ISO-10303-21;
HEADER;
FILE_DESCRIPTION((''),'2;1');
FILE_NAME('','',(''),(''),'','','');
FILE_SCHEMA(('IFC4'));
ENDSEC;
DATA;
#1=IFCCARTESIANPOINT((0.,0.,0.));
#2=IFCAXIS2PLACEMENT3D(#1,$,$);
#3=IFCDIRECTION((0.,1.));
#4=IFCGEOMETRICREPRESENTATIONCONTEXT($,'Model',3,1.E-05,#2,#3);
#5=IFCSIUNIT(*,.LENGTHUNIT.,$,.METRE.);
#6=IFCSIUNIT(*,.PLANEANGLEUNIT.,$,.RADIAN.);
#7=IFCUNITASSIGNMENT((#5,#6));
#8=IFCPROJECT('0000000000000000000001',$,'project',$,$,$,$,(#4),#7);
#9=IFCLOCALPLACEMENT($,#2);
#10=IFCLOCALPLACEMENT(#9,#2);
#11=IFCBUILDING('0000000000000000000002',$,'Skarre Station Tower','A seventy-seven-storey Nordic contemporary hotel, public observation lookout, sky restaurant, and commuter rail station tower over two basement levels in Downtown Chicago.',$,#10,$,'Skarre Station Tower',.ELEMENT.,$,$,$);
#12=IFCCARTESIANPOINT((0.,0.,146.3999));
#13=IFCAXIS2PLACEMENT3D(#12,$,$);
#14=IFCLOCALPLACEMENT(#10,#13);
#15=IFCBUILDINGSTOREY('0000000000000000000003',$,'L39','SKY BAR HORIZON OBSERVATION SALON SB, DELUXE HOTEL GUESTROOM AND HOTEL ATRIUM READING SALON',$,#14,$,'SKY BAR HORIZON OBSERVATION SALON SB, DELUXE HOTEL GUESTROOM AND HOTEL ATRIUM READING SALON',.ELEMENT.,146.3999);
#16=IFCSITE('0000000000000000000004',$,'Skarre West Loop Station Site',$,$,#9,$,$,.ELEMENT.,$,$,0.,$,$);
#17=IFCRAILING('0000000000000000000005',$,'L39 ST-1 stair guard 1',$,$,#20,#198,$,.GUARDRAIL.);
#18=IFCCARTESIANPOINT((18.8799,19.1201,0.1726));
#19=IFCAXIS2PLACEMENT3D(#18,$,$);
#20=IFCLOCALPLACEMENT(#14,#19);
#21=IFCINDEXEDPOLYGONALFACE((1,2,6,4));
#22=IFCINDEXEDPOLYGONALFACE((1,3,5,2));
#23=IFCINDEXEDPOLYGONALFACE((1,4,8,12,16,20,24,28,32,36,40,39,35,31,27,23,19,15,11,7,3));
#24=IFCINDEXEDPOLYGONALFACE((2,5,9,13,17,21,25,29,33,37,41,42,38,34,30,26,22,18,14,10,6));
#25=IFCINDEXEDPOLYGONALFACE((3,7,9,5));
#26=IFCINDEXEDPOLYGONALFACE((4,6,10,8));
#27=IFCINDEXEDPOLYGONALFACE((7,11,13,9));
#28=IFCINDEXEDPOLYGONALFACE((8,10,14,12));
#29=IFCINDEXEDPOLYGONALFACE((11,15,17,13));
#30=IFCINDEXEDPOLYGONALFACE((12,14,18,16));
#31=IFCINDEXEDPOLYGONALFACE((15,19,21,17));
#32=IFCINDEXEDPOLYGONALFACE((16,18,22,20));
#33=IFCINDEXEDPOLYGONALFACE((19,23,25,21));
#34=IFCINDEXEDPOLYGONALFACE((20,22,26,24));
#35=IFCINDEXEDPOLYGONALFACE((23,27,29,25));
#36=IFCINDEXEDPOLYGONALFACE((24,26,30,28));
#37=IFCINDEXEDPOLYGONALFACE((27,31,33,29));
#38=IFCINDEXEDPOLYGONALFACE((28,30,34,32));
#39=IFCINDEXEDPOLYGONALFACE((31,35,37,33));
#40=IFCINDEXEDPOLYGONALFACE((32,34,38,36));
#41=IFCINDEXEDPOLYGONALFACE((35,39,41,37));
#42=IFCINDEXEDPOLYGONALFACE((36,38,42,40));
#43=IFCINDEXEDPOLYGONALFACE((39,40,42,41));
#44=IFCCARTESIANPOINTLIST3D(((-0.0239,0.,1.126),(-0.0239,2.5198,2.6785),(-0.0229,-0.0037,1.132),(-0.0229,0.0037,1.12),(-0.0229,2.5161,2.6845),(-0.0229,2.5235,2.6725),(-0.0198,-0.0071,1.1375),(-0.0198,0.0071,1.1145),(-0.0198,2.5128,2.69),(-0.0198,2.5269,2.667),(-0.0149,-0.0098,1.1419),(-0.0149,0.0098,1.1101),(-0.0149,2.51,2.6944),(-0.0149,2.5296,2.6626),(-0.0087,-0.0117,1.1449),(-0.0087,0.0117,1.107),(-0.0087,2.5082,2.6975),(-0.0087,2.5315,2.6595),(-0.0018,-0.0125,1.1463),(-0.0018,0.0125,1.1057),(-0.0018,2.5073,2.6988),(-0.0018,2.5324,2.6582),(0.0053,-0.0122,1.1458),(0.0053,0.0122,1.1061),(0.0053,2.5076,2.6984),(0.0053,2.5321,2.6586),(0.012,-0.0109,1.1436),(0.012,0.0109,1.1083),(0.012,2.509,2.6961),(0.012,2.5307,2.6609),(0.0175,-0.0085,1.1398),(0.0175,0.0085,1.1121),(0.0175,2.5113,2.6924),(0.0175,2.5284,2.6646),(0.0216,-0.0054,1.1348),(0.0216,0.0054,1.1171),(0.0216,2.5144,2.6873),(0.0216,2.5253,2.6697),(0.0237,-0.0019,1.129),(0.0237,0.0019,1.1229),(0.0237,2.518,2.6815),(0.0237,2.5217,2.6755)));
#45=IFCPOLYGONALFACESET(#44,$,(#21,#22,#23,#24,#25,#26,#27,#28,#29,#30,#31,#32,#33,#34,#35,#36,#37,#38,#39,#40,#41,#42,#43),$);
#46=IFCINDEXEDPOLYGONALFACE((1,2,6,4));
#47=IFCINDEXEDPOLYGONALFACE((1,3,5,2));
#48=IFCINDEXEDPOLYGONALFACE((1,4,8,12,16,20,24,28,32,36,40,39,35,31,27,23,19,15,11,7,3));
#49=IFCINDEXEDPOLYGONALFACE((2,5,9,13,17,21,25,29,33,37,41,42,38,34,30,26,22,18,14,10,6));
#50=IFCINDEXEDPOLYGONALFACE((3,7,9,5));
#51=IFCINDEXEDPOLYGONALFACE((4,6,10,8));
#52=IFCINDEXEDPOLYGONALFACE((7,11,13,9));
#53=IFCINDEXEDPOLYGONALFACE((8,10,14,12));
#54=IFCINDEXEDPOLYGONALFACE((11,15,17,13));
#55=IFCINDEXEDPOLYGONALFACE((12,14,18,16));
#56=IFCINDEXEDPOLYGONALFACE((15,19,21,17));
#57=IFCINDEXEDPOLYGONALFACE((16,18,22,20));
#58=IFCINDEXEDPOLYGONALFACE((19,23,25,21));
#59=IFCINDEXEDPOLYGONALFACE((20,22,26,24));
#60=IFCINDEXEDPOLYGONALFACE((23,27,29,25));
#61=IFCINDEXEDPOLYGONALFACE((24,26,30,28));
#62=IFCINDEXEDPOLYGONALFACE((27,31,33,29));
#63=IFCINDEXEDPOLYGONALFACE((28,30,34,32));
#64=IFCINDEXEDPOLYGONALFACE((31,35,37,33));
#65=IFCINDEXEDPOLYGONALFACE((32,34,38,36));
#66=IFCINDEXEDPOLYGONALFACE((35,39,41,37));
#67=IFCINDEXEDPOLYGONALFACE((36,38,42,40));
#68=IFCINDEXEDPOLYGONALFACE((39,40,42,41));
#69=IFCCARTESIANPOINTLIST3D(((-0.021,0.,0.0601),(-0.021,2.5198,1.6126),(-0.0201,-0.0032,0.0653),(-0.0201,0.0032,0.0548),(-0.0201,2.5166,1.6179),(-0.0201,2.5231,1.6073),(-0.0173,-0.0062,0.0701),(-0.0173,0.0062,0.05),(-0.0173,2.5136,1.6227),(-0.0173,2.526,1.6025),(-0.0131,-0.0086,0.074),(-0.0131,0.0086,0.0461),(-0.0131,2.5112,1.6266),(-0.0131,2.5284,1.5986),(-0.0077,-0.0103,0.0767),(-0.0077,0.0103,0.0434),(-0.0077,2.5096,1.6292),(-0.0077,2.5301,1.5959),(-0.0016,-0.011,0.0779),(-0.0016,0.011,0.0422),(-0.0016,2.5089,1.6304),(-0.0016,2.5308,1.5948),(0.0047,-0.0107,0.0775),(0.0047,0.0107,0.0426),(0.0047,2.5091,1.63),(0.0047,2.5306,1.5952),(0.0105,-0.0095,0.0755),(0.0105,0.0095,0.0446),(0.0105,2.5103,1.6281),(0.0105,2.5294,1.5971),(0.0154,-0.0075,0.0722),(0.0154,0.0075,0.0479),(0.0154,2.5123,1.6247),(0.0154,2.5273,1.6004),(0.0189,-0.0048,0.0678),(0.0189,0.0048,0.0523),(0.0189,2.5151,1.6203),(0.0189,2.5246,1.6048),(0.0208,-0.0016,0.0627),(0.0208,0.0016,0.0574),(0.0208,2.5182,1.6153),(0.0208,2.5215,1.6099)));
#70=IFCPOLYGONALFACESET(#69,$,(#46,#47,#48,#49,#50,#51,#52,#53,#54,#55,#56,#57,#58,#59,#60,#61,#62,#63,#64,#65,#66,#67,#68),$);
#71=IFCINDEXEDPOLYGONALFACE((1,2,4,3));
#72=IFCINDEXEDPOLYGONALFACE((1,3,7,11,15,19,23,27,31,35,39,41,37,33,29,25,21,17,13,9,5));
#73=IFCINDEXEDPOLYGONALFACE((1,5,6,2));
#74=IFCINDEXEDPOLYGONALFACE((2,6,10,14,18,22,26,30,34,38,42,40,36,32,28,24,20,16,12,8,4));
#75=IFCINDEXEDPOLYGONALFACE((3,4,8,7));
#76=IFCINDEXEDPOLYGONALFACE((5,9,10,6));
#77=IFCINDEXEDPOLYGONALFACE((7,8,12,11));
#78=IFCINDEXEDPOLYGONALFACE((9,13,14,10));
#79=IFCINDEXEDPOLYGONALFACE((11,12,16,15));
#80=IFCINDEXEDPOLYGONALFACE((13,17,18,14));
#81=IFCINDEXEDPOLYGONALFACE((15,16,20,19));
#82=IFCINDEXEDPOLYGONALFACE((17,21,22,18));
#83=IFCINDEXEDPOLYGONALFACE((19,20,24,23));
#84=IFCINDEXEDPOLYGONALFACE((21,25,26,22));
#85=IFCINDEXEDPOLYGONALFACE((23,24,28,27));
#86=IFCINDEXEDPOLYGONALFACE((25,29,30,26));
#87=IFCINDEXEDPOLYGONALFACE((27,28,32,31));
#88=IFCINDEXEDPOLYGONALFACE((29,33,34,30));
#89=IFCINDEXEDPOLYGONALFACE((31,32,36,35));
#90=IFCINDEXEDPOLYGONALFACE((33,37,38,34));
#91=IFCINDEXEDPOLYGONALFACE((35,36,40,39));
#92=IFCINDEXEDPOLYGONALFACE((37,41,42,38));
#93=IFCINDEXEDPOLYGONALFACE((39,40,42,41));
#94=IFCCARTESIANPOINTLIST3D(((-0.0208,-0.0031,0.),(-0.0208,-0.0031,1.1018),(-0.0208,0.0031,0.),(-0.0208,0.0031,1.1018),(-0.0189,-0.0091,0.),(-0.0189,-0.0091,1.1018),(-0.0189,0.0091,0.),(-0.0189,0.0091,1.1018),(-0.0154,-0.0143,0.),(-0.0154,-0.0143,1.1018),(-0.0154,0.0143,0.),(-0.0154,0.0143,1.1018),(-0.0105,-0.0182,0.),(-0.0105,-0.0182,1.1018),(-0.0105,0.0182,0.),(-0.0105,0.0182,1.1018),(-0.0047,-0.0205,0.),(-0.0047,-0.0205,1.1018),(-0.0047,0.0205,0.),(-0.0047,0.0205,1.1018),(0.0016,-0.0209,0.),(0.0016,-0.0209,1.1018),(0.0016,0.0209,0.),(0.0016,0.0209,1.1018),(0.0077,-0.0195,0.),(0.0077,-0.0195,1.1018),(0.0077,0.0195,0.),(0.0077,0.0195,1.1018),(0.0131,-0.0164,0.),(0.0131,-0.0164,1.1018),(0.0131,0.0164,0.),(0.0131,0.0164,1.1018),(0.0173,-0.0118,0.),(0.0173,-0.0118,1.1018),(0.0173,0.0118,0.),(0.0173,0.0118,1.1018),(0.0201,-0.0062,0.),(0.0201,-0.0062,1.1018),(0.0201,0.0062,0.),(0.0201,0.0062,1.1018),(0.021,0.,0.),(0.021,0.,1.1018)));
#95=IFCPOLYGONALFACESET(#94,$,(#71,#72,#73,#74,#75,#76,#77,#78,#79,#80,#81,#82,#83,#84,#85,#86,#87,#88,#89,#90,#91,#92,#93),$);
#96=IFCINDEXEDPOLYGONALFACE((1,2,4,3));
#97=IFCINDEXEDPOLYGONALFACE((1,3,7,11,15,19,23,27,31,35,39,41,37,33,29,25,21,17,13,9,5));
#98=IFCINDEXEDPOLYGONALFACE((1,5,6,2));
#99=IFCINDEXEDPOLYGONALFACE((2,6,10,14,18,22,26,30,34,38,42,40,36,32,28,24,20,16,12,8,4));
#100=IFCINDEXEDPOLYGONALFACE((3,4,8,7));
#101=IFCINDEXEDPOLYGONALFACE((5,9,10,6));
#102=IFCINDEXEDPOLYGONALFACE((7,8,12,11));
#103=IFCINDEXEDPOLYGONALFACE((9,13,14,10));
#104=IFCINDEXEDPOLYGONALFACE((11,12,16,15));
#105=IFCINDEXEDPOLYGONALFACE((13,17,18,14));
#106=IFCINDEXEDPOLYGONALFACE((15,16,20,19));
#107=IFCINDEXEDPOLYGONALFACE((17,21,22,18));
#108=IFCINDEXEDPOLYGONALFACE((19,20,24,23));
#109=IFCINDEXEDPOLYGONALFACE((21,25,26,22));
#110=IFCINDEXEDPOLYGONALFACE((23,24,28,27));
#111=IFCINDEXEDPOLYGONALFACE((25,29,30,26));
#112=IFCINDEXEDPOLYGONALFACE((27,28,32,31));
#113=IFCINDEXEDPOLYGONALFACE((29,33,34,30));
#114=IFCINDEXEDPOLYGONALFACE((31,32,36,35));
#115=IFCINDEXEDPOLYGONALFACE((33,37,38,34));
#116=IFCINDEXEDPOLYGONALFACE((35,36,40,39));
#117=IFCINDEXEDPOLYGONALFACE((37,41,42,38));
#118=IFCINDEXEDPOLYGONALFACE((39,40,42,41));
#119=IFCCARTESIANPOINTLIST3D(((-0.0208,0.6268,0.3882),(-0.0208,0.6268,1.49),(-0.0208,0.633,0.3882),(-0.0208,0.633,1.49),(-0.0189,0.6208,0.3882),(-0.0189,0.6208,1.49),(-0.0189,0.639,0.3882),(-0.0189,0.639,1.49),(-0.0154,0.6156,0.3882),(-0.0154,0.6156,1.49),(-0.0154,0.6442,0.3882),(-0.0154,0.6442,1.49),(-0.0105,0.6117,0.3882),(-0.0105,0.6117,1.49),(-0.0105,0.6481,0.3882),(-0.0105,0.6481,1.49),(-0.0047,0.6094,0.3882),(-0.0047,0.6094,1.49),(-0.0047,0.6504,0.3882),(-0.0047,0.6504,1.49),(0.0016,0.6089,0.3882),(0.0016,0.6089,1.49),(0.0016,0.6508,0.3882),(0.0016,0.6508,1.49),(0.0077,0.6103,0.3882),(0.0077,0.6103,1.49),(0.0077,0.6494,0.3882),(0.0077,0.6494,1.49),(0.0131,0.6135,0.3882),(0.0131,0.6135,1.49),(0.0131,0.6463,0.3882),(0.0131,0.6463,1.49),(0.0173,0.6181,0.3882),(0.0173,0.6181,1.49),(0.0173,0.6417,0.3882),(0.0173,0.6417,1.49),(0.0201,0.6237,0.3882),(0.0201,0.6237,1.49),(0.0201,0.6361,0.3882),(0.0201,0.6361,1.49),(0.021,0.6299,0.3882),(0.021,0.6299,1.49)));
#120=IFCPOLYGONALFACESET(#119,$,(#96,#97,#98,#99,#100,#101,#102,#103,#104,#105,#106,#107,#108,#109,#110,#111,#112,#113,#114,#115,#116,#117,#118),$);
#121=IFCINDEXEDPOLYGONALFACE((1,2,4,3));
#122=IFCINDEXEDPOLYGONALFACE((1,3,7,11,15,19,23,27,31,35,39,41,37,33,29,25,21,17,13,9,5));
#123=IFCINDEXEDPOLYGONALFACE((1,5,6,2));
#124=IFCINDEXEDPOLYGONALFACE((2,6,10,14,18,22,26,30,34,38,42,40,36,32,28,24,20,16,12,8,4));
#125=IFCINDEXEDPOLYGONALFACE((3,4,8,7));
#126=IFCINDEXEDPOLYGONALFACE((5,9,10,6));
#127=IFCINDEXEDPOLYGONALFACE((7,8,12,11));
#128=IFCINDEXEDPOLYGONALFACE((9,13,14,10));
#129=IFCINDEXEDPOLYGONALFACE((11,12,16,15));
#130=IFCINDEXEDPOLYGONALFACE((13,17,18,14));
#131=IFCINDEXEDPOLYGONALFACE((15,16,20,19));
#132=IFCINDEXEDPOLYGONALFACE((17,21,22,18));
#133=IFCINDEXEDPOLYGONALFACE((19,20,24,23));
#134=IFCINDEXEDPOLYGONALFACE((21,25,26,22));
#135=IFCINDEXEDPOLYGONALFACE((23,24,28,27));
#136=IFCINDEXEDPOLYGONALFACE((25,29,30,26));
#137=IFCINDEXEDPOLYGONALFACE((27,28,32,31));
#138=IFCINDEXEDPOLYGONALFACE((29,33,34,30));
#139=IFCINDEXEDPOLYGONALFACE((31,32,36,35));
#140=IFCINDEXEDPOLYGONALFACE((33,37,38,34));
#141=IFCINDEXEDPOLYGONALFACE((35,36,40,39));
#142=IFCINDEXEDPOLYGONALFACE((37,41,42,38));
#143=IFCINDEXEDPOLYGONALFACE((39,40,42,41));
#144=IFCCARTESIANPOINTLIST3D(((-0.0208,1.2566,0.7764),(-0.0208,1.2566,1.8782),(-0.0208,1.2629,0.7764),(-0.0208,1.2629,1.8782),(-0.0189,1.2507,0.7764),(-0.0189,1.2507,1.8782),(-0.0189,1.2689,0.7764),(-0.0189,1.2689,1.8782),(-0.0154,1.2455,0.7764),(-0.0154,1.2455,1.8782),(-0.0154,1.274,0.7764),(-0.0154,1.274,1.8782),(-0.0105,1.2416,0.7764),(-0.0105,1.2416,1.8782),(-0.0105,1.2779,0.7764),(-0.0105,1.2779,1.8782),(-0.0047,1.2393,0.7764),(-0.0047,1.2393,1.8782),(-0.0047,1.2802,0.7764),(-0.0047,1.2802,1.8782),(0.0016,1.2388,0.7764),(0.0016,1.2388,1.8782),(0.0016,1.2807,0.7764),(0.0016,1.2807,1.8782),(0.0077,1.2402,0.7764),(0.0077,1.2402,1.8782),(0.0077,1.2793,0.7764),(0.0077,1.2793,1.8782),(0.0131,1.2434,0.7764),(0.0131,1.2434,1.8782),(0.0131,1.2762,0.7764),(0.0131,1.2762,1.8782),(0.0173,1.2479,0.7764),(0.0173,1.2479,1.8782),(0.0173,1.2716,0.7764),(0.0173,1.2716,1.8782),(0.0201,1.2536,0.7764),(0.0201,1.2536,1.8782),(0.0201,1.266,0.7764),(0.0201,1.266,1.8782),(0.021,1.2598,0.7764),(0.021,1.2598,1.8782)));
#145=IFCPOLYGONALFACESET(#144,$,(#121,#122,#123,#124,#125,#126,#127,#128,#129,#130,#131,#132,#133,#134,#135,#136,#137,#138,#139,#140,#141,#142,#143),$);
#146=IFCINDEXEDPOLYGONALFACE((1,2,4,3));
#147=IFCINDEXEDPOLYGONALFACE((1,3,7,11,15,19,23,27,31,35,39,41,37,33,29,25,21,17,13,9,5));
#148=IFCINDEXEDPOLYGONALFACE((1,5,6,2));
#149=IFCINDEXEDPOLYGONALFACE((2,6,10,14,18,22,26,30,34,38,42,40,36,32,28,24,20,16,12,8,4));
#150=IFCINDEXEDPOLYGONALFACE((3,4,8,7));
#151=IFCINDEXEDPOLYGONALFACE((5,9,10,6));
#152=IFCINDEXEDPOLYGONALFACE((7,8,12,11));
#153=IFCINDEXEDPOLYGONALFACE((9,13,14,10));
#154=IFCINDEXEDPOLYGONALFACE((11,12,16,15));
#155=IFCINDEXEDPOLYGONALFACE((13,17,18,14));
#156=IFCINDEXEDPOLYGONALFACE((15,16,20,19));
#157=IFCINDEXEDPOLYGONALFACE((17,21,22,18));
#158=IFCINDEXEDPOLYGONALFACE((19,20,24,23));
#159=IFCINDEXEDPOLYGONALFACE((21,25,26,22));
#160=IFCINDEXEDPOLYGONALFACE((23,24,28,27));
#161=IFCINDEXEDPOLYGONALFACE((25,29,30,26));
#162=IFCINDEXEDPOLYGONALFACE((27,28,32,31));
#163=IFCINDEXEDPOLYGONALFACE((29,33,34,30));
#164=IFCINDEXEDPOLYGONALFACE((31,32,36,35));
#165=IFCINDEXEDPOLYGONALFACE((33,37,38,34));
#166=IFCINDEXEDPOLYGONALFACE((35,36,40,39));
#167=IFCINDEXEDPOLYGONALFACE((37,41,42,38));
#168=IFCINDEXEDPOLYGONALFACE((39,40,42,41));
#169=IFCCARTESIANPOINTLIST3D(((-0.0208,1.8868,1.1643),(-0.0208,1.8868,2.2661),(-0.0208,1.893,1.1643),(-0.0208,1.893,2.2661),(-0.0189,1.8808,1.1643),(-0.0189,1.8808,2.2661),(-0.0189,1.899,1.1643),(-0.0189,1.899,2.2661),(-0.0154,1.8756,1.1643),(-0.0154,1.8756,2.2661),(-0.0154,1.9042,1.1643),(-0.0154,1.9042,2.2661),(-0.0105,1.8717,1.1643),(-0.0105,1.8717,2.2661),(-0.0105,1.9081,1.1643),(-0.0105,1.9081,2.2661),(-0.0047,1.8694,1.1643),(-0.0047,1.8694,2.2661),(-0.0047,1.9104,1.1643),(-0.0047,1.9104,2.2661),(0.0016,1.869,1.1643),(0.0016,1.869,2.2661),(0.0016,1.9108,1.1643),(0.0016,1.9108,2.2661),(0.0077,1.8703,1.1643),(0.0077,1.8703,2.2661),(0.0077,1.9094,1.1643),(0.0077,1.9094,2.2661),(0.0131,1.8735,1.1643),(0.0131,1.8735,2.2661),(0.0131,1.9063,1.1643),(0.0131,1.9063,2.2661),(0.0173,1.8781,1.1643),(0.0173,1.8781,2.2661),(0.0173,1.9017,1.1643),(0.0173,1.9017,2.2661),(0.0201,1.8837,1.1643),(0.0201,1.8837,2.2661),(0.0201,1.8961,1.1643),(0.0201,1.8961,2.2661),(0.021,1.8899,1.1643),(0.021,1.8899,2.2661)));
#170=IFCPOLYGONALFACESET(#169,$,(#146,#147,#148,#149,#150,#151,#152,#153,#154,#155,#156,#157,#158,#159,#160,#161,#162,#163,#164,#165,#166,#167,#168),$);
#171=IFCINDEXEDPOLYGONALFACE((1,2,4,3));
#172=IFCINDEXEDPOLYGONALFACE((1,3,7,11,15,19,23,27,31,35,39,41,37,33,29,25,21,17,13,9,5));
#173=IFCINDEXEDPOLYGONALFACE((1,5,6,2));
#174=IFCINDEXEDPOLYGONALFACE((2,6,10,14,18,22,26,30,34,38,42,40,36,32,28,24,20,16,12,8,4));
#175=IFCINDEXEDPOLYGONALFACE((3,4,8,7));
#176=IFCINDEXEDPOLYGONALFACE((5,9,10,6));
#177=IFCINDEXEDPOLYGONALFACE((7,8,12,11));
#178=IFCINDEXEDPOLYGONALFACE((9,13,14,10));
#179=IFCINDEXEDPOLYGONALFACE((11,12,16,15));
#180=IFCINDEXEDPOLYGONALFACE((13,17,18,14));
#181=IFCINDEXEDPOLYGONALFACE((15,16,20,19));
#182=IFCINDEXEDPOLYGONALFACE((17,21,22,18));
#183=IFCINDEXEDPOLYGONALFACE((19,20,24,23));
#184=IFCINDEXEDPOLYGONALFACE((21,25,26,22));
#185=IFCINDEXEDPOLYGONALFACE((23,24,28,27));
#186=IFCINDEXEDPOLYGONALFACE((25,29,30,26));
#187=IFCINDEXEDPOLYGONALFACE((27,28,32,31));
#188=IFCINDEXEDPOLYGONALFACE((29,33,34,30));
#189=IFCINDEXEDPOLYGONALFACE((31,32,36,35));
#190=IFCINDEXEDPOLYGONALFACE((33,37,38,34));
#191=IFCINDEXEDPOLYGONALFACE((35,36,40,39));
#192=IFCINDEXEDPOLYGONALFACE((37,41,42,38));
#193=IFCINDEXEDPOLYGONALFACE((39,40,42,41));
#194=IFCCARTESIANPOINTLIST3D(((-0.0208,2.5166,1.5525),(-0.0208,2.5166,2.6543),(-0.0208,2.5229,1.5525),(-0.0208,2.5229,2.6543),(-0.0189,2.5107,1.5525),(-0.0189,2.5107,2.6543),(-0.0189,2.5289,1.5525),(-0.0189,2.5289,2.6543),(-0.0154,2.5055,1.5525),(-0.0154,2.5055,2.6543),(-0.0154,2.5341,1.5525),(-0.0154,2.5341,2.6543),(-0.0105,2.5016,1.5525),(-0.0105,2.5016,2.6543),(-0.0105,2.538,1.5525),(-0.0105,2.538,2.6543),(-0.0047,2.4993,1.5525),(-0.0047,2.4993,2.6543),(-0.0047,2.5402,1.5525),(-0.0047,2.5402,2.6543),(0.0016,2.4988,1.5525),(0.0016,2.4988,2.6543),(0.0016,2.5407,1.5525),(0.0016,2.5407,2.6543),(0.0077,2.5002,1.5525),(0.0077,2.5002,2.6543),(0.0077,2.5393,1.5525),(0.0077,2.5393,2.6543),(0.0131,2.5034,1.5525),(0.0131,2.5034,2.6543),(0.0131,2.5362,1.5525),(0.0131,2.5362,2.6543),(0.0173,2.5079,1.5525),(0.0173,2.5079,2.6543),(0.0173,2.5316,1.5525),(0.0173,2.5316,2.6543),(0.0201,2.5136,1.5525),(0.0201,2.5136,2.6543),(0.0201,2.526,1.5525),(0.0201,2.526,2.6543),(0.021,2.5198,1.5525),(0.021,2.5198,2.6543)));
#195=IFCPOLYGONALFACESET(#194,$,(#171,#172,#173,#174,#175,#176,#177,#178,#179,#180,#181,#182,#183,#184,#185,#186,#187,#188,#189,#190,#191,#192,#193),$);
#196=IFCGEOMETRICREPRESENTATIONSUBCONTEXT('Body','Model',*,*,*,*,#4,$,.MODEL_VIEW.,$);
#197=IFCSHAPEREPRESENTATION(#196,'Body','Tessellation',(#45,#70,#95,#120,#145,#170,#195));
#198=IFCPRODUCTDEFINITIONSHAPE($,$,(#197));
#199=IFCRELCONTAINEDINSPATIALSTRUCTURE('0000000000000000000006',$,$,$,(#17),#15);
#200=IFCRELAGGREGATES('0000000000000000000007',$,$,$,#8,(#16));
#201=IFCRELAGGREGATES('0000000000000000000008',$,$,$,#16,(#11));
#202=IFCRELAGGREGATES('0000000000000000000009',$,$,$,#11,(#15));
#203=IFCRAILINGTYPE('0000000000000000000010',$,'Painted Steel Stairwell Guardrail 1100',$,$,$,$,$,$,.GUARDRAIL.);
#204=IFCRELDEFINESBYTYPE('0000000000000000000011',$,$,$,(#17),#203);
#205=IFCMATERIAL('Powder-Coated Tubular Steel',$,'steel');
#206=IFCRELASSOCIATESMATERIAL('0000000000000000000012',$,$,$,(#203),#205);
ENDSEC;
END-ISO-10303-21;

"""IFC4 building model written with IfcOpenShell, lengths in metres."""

from ifc_helpers import new_model, si_unit, direction, frame, origin, origin_2d, place, context, subcontext, project, spatial, circle, extrude, material, type_object, element, save


model = new_model("IFC4")

# Units and contexts
model_context = context("Model", 3, precision=1e-05, world=origin(), true_north=direction((0.0, 1.0)))
body_context = subcontext(model_context, "Body", "Model", "MODEL_VIEW")
ifc_project = project(units=[si_unit("LENGTHUNIT", "METRE"), si_unit("PLANEANGLEUNIT", "RADIAN")], contexts=[model_context])

# Site, building, storey
site_placement = place(None, origin())
site = spatial("IfcSite", under=ifc_project, at=site_placement, Name="Skarre West Loop Station Site", CompositionType="ELEMENT", RefElevation=0.0)
building_placement = place(site_placement, origin())
building = spatial("IfcBuilding", under=site, at=building_placement, Name="Skarre Station Tower", Description="A seventy-seven-storey Nordic contemporary hotel, public observation lookout, sky restaurant, and commuter rail station tower over two basement levels in Downtown Chicago.", LongName="Skarre Station Tower", CompositionType="ELEMENT")
storey_placement = place(building_placement, frame((0.0, 0.0, 146.3999)))
storey = spatial("IfcBuildingStorey", under=building, at=storey_placement, Name="L39", Description="SKY BAR HORIZON OBSERVATION SALON SB, DELUXE HOTEL GUESTROOM AND HOTEL ATRIUM READING SALON", LongName="SKY BAR HORIZON OBSERVATION SALON SB, DELUXE HOTEL GUESTROOM AND HOTEL ATRIUM READING SALON", CompositionType="ELEMENT", Elevation=146.3999)

# Railing
ifc_material_1 = material(Name="Powder-Coated Tubular Steel", Category="steel")
railing_type_1 = type_object("IfcRailingType", Name="Painted Steel Stairwell Guardrail 1100", PredefinedType="GUARDRAIL", material=ifc_material_1)
railing_1_placement = place(storey_placement, frame((18.8799, 19.1201, 0.1726)))
element("IfcRailing", 1, at=railing_1_placement, inside=storey, type_object=railing_type_1, Name="L39 ST-1 stair guard 1", PredefinedType="GUARDRAIL", context=body_context, shape_type="SweptSolid", body=[
    extrude(circle(Radius=0.0239, at=origin_2d()), frame((0.0, 0.0, 1.126), z_axis=(0.0, 0.851378, 0.524553), x_axis=(-1.0, 0.0, 0.0)), (0.0, 0.0, 1.0), 2.9597),
    extrude(circle(Radius=0.021, at=origin_2d()), frame((0.0, 0.0, 0.0601), z_axis=(0.0, 0.851378, 0.524553), x_axis=(-1.0, 0.0, 0.0)), (0.0, 0.0, 1.0), 2.9597),
    extrude(circle(Radius=0.021, at=origin_2d()), origin(), (0.0, 0.0, 1.0), 1.1018),
    extrude(circle(Radius=0.021, at=origin_2d()), frame((0.0, 0.6299, 0.3882)), (0.0, 0.0, 1.0), 1.1018),
    extrude(circle(Radius=0.021, at=origin_2d()), frame((0.0, 1.2598, 0.7764)), (0.0, 0.0, 1.0), 1.1018),
    extrude(circle(Radius=0.021, at=origin_2d()), frame((0.0, 1.8899, 1.1643)), (0.0, 0.0, 1.0), 1.1018),
    extrude(circle(Radius=0.021, at=origin_2d()), frame((0.0, 2.5198, 1.5525)), (0.0, 0.0, 1.0), 1.1018),
])

save(model, "model.ifc")
